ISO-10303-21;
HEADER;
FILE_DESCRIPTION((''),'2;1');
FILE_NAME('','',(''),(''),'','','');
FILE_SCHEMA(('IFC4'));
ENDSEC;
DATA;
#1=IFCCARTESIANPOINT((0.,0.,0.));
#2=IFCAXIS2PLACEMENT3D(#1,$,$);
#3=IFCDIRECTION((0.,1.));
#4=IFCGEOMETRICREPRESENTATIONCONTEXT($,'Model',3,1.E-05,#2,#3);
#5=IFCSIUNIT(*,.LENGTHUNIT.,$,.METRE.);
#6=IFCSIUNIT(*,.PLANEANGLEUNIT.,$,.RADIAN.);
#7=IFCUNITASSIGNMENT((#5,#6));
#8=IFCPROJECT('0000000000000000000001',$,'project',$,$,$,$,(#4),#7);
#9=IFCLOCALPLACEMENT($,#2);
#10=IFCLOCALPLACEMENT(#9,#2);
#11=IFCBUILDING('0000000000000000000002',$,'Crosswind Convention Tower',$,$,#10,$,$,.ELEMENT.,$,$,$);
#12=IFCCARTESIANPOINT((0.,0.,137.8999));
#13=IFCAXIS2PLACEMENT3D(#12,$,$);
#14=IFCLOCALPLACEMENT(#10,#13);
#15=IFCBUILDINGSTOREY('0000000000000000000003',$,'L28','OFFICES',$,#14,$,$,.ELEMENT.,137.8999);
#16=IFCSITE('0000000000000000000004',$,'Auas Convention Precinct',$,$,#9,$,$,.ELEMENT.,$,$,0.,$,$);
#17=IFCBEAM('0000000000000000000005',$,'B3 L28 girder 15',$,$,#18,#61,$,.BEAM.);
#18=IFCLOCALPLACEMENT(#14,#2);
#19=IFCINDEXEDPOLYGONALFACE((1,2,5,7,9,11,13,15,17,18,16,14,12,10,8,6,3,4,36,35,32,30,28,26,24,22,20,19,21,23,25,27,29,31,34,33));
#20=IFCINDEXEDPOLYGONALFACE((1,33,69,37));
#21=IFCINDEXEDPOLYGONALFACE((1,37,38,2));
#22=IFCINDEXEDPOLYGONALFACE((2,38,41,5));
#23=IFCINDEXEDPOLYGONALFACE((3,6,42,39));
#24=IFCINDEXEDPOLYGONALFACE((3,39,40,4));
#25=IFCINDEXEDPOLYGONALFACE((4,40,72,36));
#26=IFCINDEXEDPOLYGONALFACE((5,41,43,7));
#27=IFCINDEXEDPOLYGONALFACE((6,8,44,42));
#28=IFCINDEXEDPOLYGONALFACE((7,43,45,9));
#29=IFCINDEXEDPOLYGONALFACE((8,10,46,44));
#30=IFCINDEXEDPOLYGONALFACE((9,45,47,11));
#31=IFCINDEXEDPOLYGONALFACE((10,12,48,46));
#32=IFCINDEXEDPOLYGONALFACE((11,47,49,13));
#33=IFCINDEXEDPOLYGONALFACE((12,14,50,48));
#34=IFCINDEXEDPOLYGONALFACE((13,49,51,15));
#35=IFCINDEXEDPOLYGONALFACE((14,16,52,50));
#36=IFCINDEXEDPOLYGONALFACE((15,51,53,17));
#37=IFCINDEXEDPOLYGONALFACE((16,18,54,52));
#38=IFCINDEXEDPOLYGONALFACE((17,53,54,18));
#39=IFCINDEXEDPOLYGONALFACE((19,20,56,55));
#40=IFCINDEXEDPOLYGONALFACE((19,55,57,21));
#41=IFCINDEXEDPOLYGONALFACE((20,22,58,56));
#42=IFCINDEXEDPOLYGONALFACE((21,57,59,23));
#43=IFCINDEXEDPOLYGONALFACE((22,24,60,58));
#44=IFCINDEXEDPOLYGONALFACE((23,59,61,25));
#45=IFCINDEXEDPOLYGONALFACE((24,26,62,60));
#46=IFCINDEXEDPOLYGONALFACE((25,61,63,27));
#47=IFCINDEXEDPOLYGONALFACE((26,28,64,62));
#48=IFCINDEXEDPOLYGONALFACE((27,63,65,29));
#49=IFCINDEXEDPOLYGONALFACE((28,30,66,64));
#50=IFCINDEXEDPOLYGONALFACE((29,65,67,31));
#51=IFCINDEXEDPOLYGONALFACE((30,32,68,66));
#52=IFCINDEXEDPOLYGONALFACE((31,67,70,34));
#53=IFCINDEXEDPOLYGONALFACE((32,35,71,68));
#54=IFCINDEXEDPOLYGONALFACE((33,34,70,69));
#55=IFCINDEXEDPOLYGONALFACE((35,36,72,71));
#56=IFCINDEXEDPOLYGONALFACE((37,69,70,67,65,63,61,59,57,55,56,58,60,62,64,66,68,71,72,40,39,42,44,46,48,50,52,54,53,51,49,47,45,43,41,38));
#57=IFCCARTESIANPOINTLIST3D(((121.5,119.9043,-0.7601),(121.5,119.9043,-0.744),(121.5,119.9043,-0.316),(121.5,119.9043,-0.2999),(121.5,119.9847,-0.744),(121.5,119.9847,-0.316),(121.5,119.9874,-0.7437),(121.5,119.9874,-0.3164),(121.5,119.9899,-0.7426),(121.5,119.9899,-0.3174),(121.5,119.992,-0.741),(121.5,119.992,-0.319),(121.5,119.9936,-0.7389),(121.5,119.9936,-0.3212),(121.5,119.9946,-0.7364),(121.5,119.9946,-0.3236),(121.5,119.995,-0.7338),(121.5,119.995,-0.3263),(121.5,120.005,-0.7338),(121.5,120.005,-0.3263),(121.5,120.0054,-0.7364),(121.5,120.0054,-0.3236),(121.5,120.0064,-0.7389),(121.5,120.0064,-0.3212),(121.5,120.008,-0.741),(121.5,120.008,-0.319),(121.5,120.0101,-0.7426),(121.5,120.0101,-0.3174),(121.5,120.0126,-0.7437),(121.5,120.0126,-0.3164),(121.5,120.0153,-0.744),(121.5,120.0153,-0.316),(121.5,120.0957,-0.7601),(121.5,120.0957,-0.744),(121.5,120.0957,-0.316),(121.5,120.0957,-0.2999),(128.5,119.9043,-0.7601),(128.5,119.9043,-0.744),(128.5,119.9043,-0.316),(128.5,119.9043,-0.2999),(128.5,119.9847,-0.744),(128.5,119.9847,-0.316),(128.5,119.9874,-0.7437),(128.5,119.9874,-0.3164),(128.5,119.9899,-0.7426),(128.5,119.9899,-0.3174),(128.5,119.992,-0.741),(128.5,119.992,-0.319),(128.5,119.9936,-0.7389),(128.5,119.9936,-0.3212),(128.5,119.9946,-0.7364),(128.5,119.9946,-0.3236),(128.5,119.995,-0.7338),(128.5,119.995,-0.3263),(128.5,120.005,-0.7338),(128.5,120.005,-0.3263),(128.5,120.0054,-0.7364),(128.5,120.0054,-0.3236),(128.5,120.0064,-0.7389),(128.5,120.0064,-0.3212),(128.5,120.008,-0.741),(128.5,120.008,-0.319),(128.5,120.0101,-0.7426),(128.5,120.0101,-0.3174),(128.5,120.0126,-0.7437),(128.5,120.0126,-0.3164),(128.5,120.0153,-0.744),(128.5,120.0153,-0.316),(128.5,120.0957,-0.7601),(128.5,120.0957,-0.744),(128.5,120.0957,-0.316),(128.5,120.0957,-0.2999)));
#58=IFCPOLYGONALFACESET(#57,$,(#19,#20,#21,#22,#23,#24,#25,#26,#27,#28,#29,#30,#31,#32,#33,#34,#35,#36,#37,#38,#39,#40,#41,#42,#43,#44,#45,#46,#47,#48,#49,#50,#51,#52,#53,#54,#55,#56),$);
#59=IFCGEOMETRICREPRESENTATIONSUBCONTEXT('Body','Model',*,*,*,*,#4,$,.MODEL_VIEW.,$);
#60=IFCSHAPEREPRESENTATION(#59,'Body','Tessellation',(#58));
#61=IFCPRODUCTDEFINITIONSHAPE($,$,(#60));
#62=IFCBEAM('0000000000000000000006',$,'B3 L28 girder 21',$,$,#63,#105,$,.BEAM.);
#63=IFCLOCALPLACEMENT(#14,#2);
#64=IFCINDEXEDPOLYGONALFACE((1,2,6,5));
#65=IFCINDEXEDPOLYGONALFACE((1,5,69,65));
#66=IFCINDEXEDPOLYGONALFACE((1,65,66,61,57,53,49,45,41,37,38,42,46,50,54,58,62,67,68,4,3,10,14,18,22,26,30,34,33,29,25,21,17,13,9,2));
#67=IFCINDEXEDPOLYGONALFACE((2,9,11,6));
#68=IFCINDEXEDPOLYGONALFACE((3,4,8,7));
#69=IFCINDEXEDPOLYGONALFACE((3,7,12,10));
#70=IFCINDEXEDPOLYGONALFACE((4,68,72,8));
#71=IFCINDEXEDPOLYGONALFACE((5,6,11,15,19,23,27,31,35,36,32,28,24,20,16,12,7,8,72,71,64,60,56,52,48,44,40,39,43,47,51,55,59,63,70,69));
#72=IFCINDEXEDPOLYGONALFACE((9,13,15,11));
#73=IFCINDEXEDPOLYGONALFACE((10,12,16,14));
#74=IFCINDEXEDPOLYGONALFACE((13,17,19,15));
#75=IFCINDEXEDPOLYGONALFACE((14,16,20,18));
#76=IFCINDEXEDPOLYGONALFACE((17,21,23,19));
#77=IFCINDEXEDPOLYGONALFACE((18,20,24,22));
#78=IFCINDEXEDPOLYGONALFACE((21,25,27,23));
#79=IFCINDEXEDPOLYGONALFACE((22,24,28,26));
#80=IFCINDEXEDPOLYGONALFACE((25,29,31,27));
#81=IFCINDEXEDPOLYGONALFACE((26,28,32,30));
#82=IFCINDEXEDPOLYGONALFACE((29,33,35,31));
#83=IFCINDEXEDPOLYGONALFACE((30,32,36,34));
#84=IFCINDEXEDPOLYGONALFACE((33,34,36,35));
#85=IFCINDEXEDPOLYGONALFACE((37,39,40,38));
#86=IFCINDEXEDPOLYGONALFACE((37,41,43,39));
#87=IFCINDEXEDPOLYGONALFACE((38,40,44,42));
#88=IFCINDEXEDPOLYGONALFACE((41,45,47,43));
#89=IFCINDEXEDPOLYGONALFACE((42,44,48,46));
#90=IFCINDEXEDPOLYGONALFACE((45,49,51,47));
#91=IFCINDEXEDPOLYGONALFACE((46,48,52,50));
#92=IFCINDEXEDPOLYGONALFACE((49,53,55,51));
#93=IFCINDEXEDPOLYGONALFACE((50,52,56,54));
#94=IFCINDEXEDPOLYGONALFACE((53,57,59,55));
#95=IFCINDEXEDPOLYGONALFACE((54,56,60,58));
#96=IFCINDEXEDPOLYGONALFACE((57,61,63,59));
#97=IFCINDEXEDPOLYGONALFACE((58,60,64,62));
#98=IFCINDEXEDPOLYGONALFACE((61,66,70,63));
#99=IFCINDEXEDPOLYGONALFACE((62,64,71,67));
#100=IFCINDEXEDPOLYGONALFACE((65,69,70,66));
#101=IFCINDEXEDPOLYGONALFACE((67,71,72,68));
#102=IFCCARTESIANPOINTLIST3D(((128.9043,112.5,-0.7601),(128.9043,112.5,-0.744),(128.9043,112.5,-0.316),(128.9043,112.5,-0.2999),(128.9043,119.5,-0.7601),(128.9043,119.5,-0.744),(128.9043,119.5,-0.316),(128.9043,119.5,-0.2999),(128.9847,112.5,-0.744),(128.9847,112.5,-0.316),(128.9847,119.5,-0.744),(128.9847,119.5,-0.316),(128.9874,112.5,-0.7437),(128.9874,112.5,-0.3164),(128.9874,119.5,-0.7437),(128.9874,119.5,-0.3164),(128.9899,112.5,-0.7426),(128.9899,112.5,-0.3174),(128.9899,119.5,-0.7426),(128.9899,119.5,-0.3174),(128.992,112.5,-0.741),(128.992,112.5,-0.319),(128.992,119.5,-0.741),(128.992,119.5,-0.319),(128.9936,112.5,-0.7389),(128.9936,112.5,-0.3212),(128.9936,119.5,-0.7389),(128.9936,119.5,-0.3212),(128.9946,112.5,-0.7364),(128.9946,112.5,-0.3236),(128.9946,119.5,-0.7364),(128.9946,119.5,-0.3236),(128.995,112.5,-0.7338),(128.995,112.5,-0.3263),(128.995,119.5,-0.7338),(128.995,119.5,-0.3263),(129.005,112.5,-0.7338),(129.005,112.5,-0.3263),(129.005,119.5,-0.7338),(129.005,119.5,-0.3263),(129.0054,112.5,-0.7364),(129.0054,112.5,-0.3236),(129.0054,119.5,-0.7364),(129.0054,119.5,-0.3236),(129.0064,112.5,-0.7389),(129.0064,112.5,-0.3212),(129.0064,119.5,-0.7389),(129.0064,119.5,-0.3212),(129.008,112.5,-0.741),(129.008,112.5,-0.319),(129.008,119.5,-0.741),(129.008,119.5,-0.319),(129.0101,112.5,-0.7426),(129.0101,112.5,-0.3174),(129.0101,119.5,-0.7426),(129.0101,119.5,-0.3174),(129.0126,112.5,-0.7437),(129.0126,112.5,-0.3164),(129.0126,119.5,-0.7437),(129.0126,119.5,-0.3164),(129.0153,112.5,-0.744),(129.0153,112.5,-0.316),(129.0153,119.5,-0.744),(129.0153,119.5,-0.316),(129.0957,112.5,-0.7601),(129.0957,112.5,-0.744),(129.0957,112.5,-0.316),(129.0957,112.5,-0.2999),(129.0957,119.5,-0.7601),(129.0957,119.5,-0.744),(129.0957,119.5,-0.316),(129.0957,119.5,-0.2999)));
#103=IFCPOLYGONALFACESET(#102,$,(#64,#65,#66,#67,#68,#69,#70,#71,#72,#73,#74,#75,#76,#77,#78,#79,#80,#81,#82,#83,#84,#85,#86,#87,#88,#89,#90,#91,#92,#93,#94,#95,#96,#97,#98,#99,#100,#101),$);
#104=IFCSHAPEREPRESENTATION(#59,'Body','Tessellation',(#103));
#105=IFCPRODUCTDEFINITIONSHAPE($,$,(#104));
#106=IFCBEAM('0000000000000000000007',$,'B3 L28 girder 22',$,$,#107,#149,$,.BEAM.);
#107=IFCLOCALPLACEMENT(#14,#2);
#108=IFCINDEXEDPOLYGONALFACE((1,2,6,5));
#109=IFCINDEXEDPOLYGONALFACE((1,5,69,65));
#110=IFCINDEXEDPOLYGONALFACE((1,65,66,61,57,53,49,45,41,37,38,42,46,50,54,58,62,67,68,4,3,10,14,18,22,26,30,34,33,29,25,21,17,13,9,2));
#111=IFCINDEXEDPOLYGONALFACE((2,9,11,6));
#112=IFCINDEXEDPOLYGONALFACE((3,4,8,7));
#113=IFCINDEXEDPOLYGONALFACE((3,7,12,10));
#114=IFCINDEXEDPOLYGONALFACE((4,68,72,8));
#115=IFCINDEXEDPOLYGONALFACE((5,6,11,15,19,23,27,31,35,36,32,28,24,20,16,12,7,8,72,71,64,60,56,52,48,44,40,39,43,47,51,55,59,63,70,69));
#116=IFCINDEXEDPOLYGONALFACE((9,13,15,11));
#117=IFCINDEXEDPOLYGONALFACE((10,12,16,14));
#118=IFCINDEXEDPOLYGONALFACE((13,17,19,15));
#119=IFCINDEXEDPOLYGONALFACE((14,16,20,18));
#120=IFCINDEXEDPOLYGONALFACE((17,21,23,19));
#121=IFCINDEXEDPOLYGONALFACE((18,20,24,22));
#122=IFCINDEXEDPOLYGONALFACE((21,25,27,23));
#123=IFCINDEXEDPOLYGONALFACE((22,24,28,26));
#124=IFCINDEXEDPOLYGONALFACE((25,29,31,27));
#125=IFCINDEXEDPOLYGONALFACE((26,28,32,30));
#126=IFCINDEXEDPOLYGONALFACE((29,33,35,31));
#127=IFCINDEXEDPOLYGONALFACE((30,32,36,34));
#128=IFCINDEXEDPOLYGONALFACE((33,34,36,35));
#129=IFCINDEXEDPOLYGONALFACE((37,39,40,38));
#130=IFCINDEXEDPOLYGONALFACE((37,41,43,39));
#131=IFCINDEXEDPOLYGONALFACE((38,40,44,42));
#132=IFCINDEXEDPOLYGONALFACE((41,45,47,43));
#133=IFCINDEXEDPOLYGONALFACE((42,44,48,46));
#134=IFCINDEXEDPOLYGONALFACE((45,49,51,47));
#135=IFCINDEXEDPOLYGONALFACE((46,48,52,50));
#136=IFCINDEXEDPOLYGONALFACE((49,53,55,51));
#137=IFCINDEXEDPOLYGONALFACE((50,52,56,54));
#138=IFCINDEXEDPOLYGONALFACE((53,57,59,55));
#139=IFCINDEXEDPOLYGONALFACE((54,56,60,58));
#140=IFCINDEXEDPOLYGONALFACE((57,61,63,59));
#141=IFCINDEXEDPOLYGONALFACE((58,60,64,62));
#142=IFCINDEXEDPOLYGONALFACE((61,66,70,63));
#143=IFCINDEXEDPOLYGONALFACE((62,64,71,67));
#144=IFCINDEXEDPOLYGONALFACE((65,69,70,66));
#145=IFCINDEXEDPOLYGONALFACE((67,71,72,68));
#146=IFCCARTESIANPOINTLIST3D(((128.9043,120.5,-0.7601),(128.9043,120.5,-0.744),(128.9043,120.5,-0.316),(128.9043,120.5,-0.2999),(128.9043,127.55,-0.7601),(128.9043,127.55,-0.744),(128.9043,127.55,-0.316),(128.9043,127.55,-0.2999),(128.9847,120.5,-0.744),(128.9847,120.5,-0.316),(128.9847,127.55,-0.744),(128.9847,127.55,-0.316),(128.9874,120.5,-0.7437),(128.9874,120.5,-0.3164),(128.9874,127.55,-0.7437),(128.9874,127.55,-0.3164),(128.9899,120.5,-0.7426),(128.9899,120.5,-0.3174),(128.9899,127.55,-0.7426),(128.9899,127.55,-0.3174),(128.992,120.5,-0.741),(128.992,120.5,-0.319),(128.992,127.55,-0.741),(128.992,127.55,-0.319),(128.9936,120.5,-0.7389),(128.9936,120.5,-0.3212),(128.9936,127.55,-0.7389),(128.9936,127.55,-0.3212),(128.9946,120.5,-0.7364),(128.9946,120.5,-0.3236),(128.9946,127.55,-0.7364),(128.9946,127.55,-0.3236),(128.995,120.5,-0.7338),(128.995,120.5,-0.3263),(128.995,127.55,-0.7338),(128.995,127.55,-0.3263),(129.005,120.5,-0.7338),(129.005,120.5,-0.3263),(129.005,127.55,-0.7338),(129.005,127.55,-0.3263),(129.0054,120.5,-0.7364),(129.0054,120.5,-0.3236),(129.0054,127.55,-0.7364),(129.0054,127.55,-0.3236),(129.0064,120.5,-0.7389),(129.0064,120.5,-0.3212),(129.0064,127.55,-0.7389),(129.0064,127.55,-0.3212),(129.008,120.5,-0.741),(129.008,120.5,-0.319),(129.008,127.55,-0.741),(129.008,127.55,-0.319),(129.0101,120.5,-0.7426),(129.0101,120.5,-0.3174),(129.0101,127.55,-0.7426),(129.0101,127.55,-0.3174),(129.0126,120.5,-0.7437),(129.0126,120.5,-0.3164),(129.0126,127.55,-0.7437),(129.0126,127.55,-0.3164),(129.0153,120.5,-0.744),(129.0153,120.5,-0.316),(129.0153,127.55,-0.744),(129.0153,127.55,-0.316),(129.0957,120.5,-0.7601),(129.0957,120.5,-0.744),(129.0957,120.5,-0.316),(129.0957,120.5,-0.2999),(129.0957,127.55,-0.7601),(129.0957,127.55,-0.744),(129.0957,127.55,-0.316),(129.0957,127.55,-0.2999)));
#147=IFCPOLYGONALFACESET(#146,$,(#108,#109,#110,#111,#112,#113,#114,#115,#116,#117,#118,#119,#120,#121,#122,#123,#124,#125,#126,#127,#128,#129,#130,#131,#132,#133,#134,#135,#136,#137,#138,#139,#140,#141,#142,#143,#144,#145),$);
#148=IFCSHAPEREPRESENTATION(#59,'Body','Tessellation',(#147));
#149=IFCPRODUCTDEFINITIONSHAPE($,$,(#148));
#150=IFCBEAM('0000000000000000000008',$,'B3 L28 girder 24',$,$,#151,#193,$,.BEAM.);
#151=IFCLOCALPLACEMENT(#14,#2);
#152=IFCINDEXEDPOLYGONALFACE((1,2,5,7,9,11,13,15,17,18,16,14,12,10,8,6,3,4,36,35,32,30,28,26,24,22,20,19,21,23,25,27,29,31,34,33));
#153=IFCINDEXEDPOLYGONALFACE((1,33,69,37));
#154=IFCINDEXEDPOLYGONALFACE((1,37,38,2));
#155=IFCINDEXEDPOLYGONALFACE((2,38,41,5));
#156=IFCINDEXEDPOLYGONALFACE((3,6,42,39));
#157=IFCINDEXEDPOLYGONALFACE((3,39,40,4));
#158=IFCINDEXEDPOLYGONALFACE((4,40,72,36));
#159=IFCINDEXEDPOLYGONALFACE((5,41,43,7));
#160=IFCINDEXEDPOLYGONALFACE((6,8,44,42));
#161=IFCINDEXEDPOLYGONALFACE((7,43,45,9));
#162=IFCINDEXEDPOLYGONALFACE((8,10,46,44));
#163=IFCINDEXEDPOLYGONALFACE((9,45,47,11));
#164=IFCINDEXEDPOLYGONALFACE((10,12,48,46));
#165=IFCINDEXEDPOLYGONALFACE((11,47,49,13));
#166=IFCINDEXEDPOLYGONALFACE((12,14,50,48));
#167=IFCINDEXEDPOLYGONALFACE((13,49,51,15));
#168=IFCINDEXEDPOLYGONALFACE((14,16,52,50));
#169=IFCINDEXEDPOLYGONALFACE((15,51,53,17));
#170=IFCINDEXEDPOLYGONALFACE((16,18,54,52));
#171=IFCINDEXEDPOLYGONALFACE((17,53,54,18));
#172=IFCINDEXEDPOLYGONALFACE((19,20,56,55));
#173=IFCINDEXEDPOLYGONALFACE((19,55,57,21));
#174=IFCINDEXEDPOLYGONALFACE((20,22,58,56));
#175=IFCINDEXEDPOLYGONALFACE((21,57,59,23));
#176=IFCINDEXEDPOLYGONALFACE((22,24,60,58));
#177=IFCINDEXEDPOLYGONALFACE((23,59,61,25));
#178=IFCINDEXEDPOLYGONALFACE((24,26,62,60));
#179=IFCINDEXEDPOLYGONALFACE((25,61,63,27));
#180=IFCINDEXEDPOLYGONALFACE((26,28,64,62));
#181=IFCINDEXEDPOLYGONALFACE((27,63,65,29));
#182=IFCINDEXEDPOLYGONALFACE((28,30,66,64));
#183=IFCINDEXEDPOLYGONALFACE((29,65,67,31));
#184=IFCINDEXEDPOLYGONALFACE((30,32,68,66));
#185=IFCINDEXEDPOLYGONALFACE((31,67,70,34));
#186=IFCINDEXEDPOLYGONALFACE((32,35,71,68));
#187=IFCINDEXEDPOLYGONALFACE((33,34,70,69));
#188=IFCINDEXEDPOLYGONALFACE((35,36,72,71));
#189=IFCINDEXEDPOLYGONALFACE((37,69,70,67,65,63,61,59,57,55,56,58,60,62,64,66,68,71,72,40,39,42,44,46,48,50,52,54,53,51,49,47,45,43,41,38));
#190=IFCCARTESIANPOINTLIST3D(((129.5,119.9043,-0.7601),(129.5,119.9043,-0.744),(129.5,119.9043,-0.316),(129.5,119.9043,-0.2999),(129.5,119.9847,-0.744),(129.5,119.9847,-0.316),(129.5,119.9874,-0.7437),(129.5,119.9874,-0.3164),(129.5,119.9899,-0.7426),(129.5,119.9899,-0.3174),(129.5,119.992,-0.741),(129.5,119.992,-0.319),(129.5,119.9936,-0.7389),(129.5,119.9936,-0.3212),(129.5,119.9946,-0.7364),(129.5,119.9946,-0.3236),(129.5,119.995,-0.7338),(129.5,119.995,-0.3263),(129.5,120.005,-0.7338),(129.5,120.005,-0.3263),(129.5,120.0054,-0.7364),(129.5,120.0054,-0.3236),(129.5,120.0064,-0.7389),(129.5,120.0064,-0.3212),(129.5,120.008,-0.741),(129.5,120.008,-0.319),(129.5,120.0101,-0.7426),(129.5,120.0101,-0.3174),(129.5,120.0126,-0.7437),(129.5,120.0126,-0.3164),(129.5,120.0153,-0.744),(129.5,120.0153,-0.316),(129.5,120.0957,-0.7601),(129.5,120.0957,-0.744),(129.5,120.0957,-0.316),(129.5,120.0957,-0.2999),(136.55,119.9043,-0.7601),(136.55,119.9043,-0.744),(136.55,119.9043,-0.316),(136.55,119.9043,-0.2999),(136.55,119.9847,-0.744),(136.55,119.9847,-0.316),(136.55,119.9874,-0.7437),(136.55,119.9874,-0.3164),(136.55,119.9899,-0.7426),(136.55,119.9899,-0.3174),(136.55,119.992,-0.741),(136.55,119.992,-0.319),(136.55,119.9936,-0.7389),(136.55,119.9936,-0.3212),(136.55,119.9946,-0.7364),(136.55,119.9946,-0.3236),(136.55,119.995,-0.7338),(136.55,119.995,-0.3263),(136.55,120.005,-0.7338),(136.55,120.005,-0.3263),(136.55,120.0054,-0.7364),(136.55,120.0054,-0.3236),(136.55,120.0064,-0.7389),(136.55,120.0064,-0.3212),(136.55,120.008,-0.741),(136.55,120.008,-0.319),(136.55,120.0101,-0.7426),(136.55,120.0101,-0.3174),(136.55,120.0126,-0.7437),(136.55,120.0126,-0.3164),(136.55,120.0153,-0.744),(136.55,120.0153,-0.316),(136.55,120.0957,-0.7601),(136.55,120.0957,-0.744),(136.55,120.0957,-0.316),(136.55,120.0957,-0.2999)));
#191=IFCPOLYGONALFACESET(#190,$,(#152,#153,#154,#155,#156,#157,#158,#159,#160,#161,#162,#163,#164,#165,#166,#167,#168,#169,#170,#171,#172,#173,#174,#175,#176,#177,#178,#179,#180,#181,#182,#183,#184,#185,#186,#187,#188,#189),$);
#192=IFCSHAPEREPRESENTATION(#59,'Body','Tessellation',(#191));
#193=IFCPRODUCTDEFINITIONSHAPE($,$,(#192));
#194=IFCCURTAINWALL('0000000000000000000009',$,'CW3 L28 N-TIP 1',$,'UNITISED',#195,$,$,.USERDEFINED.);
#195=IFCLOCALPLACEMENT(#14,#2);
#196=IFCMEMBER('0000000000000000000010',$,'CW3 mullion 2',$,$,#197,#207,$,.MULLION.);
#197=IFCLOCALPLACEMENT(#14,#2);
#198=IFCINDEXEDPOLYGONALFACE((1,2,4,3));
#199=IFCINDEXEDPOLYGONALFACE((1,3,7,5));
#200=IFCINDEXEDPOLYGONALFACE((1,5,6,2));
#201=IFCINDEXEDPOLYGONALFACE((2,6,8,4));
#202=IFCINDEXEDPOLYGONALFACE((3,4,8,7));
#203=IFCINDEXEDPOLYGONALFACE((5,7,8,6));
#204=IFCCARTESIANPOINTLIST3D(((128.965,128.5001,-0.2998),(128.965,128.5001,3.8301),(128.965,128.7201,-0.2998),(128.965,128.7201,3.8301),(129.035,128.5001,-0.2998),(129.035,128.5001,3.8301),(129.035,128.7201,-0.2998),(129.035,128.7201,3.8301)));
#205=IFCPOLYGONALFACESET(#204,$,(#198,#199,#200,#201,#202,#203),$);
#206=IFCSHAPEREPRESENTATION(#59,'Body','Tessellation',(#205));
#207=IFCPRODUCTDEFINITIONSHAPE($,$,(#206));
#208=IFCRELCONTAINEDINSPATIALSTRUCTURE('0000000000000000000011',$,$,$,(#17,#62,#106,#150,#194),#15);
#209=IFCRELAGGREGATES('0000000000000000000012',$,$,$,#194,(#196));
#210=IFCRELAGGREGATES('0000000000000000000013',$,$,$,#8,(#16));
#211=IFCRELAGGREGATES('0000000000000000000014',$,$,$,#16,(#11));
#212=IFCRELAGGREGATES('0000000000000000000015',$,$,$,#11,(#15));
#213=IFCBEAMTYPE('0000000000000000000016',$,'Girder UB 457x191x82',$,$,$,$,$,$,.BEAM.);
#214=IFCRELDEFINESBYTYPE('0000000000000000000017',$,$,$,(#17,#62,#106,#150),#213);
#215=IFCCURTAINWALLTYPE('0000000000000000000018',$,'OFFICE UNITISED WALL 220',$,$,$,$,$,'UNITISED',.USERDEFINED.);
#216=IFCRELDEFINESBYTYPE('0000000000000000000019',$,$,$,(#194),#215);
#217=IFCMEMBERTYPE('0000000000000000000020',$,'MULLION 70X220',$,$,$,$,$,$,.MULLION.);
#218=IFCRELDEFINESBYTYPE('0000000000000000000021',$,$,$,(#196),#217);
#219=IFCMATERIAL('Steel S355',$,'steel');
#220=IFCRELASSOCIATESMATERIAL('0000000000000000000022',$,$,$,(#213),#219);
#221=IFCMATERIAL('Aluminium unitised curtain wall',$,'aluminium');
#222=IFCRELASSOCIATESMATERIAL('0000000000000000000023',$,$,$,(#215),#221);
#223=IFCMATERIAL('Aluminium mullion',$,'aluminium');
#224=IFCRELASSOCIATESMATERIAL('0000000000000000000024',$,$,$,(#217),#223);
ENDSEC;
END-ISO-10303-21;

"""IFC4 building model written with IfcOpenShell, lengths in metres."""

from ifc_helpers import new_model, si_unit, direction, frame, origin, origin_2d, place, context, subcontext, project, spatial, rectangle, i_section, extrude, material, material_profile, profile_set, type_object, element, aggregate, save


model = new_model("IFC4")

# Units and contexts
model_context = context("Model", 3, precision=1e-05, world=origin(), true_north=direction((0.0, 1.0)))
body_context = subcontext(model_context, "Body", "Model", "MODEL_VIEW")
ifc_project = project(units=[si_unit("LENGTHUNIT", "METRE"), si_unit("PLANEANGLEUNIT", "RADIAN")], contexts=[model_context])

# Site, building, storey
site_placement = place(None, origin())
site = spatial("IfcSite", under=ifc_project, at=site_placement, Name="Auas Convention Precinct", CompositionType="ELEMENT", RefElevation=0.0)
building_placement = place(site_placement, origin())
building = spatial("IfcBuilding", under=site, at=building_placement, Name="Crosswind Convention Tower", CompositionType="ELEMENT")
storey_placement = place(building_placement, frame((0.0, 0.0, 137.8999)))
storey = spatial("IfcBuildingStorey", under=building, at=storey_placement, Name="L28", Description="OFFICES", CompositionType="ELEMENT", Elevation=137.8999)

# Beams
ifc_material_1 = material(Name="Steel S355", Category="steel")
ifc_material_profile_1 = material_profile(ifc_material_1, i_section(OverallWidth=0.1914, OverallDepth=0.4602, WebThickness=0.01, FlangeThickness=0.0161, FilletRadius=0.0103, at=origin_2d()), Name="UB 457x191x82")
ifc_profile_set_1 = profile_set([ifc_material_profile_1], Name="Steel S355")
beam_type_1 = type_object("IfcBeamType", Name="Girder UB 457x191x82", PredefinedType="BEAM", material=ifc_profile_set_1)
for number, where, z_axis, x_axis, name in (
    (1, (121.5, 120.0, -0.53), (1.0, 0.0, 0.0), (0.0, 1.0, 0.0), "B3 L28 girder 15"),
    (2, (129.0, 112.5, -0.53), (0.0, 1.0, 0.0), (-1.0, 0.0, 0.0), "B3 L28 girder 21"),
):
    element("IfcBeam", number, at=place(storey_placement, frame(where, z_axis=z_axis, x_axis=x_axis)), inside=storey, type_object=beam_type_1, Name=name, PredefinedType="BEAM", context=body_context, shape_type="SweptSolid", body=[
        extrude(i_section(OverallWidth=0.1914, OverallDepth=0.4602, WebThickness=0.01, FlangeThickness=0.0161, FilletRadius=0.0103, at=origin_2d()), origin(), (0.0, 0.0, 1.0), 7.0),
    ])
for number, where, z_axis, x_axis, name in (
    (3, (129.0, 120.5, -0.53), (0.0, 1.0, 0.0), (-1.0, 0.0, 0.0), "B3 L28 girder 22"),
    (4, (129.5, 120.0, -0.53), (1.0, 0.0, 0.0), (0.0, 1.0, 0.0), "B3 L28 girder 24"),
):
    element("IfcBeam", number, at=place(storey_placement, frame(where, z_axis=z_axis, x_axis=x_axis)), inside=storey, type_object=beam_type_1, Name=name, PredefinedType="BEAM", context=body_context, shape_type="SweptSolid", body=[
        extrude(i_section(OverallWidth=0.1914, OverallDepth=0.4602, WebThickness=0.01, FlangeThickness=0.0161, FilletRadius=0.0103, at=origin_2d()), origin(), (0.0, 0.0, 1.0), 7.05),
    ])

# Curtain wall, member
ifc_material_2 = material(Name="Aluminium unitised curtain wall", Category="aluminium")
curtain_wall_type = type_object("IfcCurtainWallType", Name="OFFICE UNITISED WALL 220", ElementType="UNITISED", PredefinedType="USERDEFINED", material=ifc_material_2)
curtain_wall_placement = place(storey_placement, origin())
curtain_wall = element("IfcCurtainWall", 5, at=curtain_wall_placement, inside=storey, type_object=curtain_wall_type, Name="CW3 L28 N-TIP 1", ObjectType="UNITISED", PredefinedType="USERDEFINED")
ifc_material_3 = material(Name="Aluminium mullion", Category="aluminium")
ifc_material_profile_2 = material_profile(ifc_material_3, rectangle(XDim=0.22, YDim=0.0701, at=origin_2d()), Name="AL 220X70")
ifc_profile_set_2 = profile_set([ifc_material_profile_2], Name="Aluminium mullion")
member_type_1 = type_object("IfcMemberType", Name="MULLION 70X220", PredefinedType="MULLION", material=ifc_profile_set_2)
member_1_placement = place(storey_placement, frame((129.0, 128.6101, -0.2998), z_axis=(0.0, 0.0, 1.0), x_axis=(0.0, 1.0, 0.0)))
member_1 = element("IfcMember", 6, at=member_1_placement, type_object=member_type_1, Name="CW3 mullion 2", PredefinedType="MULLION", context=body_context, shape_type="SweptSolid", body=[
    extrude(rectangle(XDim=0.22, YDim=0.0701, at=origin_2d()), origin(), (0.0, 0.0, 1.0), 4.1299),
])

aggregate(curtain_wall, [member_1])

save(model, "model.ifc")
